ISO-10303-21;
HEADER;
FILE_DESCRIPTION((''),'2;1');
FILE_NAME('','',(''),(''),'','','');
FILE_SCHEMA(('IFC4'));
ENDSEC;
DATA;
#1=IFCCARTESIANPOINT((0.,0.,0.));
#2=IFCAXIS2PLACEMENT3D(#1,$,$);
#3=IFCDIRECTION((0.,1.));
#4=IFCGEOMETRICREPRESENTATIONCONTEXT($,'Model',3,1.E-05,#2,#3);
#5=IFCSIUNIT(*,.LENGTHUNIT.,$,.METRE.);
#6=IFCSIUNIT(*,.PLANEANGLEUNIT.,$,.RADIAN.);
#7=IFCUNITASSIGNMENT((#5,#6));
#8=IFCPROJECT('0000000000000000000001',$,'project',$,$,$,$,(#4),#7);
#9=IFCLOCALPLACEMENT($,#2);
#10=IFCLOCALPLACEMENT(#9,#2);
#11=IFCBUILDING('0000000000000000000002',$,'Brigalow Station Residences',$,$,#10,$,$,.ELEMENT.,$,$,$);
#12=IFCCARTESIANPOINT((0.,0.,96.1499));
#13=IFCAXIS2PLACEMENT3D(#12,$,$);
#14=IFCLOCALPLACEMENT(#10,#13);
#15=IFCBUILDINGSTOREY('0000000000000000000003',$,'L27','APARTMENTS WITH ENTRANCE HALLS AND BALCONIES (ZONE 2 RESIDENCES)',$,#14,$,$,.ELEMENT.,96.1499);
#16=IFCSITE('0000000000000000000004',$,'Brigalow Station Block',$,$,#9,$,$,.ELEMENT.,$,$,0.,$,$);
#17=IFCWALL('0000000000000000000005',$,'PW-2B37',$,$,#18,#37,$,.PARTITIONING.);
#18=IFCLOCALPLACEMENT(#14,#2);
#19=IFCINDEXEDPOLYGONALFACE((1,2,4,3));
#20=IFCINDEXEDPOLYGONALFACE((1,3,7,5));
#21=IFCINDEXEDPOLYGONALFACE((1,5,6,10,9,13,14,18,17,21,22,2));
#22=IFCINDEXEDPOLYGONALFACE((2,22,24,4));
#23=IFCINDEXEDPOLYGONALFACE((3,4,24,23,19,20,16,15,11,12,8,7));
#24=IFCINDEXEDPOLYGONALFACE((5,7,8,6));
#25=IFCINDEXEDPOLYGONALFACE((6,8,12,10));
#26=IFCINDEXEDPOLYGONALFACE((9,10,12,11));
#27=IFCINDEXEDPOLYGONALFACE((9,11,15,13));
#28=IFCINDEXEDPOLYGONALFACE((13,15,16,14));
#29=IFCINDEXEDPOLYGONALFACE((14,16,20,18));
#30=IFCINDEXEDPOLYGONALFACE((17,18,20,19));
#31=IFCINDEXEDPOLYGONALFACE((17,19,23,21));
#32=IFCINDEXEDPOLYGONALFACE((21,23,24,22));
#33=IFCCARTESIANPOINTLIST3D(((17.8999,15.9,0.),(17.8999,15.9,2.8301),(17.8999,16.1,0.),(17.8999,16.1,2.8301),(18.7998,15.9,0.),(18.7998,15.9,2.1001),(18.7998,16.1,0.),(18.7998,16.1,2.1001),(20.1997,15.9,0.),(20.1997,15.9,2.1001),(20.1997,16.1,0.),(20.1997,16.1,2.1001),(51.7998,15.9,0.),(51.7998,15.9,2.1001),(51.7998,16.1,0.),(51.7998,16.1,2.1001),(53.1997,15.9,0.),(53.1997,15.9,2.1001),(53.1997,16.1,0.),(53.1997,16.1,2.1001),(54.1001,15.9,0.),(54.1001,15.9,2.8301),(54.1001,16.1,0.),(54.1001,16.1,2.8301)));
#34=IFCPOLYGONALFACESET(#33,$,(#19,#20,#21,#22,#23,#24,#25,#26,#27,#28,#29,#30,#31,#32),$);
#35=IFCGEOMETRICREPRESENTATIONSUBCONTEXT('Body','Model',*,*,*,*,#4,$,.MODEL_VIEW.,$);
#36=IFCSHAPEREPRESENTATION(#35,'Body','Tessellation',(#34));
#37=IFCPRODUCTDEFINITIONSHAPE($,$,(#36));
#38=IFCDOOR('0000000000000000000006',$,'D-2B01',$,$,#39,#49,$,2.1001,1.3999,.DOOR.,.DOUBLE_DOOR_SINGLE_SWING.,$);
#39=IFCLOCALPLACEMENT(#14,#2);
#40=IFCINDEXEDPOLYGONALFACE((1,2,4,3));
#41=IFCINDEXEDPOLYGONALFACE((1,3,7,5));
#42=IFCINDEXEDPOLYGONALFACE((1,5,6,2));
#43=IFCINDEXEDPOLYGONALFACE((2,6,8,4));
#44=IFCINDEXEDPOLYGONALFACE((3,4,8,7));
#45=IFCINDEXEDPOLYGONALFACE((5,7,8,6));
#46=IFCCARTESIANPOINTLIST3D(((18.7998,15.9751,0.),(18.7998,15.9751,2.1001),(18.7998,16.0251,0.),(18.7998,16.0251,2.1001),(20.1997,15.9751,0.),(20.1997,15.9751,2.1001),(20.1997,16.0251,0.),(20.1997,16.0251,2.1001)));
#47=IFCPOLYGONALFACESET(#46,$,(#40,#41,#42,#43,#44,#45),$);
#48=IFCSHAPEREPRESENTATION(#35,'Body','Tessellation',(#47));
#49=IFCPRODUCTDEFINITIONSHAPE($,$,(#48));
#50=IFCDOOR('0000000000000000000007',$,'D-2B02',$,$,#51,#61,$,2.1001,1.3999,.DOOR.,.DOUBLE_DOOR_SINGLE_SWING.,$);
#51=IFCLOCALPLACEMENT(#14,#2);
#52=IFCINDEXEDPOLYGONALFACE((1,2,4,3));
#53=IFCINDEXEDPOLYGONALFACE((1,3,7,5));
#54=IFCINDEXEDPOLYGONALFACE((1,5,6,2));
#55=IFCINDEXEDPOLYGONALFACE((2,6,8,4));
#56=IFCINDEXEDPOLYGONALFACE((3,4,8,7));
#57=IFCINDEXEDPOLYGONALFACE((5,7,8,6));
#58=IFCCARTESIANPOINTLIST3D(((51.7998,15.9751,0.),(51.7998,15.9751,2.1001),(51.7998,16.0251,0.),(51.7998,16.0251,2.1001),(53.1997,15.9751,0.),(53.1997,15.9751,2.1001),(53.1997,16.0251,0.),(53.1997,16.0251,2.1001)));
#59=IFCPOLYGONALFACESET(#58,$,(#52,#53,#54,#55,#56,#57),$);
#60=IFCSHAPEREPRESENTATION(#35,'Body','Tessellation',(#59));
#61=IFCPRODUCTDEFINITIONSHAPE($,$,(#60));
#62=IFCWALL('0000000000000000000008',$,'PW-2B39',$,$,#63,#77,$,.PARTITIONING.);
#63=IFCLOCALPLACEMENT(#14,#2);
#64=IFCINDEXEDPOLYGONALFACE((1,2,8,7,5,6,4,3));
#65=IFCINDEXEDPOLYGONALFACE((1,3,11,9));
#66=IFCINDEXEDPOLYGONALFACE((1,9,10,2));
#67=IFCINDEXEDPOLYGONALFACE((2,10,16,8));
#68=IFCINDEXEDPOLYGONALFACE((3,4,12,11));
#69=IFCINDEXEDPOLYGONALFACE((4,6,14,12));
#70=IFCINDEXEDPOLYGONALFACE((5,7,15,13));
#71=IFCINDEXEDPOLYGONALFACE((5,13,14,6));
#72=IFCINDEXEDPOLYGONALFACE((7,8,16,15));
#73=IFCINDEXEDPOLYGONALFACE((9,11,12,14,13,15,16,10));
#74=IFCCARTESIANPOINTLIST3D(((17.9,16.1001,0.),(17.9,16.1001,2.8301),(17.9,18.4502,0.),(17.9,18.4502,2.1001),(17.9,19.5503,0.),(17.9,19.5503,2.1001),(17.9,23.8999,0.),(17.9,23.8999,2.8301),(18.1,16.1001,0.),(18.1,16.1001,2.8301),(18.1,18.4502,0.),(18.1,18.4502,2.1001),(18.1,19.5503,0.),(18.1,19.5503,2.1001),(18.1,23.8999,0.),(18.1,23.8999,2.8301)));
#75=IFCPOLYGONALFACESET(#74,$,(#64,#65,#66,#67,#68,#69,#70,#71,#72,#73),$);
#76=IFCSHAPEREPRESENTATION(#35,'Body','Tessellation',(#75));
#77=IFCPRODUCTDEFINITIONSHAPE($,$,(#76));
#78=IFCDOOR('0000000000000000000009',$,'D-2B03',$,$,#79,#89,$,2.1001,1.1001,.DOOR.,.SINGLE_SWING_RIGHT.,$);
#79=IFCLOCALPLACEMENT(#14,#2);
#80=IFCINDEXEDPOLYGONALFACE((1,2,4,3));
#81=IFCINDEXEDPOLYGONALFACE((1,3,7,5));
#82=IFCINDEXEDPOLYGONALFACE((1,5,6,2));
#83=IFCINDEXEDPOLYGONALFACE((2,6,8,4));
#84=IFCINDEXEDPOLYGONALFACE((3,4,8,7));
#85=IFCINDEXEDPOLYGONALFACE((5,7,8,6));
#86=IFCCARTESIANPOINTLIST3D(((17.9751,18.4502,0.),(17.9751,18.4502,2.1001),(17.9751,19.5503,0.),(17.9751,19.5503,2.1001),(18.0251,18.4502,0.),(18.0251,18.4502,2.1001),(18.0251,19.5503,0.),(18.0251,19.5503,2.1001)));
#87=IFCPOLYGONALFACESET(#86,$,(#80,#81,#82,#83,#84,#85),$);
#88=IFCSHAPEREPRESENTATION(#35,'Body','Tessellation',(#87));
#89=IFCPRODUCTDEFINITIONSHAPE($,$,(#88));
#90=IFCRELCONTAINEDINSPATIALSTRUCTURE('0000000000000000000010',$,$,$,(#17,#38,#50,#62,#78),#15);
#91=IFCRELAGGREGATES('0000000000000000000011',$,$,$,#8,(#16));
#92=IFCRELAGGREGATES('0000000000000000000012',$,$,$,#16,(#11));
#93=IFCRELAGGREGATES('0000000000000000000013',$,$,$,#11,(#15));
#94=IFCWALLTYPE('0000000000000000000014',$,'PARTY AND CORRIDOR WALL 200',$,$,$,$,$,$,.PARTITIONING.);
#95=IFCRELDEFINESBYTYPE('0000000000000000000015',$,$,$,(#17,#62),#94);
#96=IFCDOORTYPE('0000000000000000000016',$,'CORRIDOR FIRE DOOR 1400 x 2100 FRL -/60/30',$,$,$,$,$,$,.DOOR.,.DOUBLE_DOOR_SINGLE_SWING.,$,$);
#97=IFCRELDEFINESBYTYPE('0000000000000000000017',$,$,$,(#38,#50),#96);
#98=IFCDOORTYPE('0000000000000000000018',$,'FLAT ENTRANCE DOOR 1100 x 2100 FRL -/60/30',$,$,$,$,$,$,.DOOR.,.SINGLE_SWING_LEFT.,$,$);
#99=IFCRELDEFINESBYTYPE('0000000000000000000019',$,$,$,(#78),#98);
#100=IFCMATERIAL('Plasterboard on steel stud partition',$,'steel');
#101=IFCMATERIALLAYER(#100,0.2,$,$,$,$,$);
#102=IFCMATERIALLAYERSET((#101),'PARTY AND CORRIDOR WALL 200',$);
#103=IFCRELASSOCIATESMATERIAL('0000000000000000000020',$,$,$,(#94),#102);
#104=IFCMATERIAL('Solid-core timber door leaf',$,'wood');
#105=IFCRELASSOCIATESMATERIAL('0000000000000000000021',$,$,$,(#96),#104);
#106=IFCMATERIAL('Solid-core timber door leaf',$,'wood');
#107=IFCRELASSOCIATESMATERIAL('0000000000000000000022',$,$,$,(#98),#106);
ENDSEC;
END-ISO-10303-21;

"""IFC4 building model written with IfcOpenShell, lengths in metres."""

from ifc_helpers import new_model, si_unit, direction, frame, frame_2d, origin, place, context, subcontext, project, spatial, rectangle, extrude, material, layer, layer_set, type_object, element, fill, save


model = new_model("IFC4")

# Units and contexts
model_context = context("Model", 3, precision=1e-05, world=origin(), true_north=direction((0.0, 1.0)))
body_context = subcontext(model_context, "Body", "Model", "MODEL_VIEW")
ifc_project = project(units=[si_unit("LENGTHUNIT", "METRE"), si_unit("PLANEANGLEUNIT", "RADIAN")], contexts=[model_context])

# Site, building, storey
site_placement = place(None, origin())
site = spatial("IfcSite", under=ifc_project, at=site_placement, Name="Brigalow Station Block", CompositionType="ELEMENT", RefElevation=0.0)
building_placement = place(site_placement, origin())
building = spatial("IfcBuilding", under=site, at=building_placement, Name="Brigalow Station Residences", CompositionType="ELEMENT")
storey_placement = place(building_placement, frame((0.0, 0.0, 96.1499)))
storey = spatial("IfcBuildingStorey", under=building, at=storey_placement, Name="L27", Description="APARTMENTS WITH ENTRANCE HALLS AND BALCONIES (ZONE 2 RESIDENCES)", CompositionType="ELEMENT", Elevation=96.1499)

# Wall, openings, doors
ifc_material_1 = material(Name="Plasterboard on steel stud partition", Category="steel")
ifc_layer_1 = layer(ifc_material_1, 0.2)
ifc_layer_set_1 = layer_set([ifc_layer_1], Name="PARTY AND CORRIDOR WALL 200")
wall_type_1 = type_object("IfcWallType", Name="PARTY AND CORRIDOR WALL 200", PredefinedType="PARTITIONING", material=ifc_layer_set_1)
wall_1_placement = place(storey_placement, frame((17.8999, 16.0, 0.0), z_axis=(0.0, 0.0, 1.0), x_axis=(1.0, 0.0, 0.0)))
wall_1 = element("IfcWall", 1, at=wall_1_placement, inside=storey, type_object=wall_type_1, Name="PW-2B37", PredefinedType="PARTITIONING", context=body_context, shape_type="SweptSolid", body=[
    extrude(rectangle(XDim=36.2002, YDim=0.2, at=frame_2d((18.1001, 0.0))), origin(), (0.0, 0.0, 1.0), 2.8301),
])
opening_1_placement = place(wall_1_placement, frame((0.8999, 0.0, 0.0)))
opening_1 = element("IfcOpeningElement", 2, at=opening_1_placement, cuts=wall_1, PredefinedType="OPENING", context=body_context, shape_type="SweptSolid", body=[
    extrude(rectangle(XDim=1.3999, YDim=2.1001, at=frame_2d((0.7, 1.05))), frame((0.0, 0.1099, 0.0), z_axis=(0.0, -1.0, 0.0), x_axis=(1.0, 0.0, 0.0)), (0.0, 0.0, 1.0), 0.22),
])
opening_2_placement = place(wall_1_placement, frame((33.8999, 0.0, 0.0)))
opening_2 = element("IfcOpeningElement", 3, at=opening_2_placement, cuts=wall_1, PredefinedType="OPENING", context=body_context, shape_type="SweptSolid", body=[
    extrude(rectangle(XDim=1.3999, YDim=2.1001, at=frame_2d((0.7, 1.05))), frame((0.0, 0.1099, 0.0), z_axis=(0.0, -1.0, 0.0), x_axis=(1.0, 0.0, 0.0)), (0.0, 0.0, 1.0), 0.22),
])
ifc_material_2 = material(Name="Solid-core timber door leaf", Category="wood")
door_type_1 = type_object("IfcDoorType", Name="CORRIDOR FIRE DOOR 1400 x 2100 FRL -/60/30", OperationType="DOUBLE_DOOR_SINGLE_SWING", PredefinedType="DOOR", material=ifc_material_2)
door_1_placement = place(opening_1_placement, frame((1.3999, 0.0, 0.0), z_axis=(0.0, 0.0, 1.0), x_axis=(-1.0, 0.0, 0.0)))
door_1 = element("IfcDoor", 4, at=door_1_placement, inside=storey, type_object=door_type_1, Name="D-2B01", OperationType="DOUBLE_DOOR_SINGLE_SWING", OverallHeight=2.1001, OverallWidth=1.3999, PredefinedType="DOOR", context=body_context, shape_type="SweptSolid", body=[
    extrude(rectangle(XDim=1.3999, YDim=2.1001, at=frame_2d((0.7, 1.05))), frame((0.0, 0.0249, 0.0), z_axis=(0.0, -1.0, 0.0), x_axis=(1.0, 0.0, 0.0)), (0.0, 0.0, 1.0), 0.05),
])
fill(opening_1, door_1)
door_2_placement = place(opening_2_placement, frame((1.3999, 0.0, 0.0), z_axis=(0.0, 0.0, 1.0), x_axis=(-1.0, 0.0, 0.0)))
door_2 = element("IfcDoor", 5, at=door_2_placement, inside=storey, type_object=door_type_1, Name="D-2B02", OperationType="DOUBLE_DOOR_SINGLE_SWING", OverallHeight=2.1001, OverallWidth=1.3999, PredefinedType="DOOR", context=body_context, shape_type="SweptSolid", body=[
    extrude(rectangle(XDim=1.3999, YDim=2.1001, at=frame_2d((0.7, 1.05))), frame((0.0, 0.0249, 0.0), z_axis=(0.0, -1.0, 0.0), x_axis=(1.0, 0.0, 0.0)), (0.0, 0.0, 1.0), 0.05),
])
fill(opening_2, door_2)

# Wall, opening, door
wall_2_placement = place(storey_placement, frame((18.0, 16.1001, 0.0), z_axis=(0.0, 0.0, 1.0), x_axis=(0.0, 1.0, 0.0)))
wall_2 = element("IfcWall", 6, at=wall_2_placement, inside=storey, type_object=wall_type_1, Name="PW-2B39", PredefinedType="PARTITIONING", context=body_context, shape_type="SweptSolid", body=[
    extrude(rectangle(XDim=7.7998, YDim=0.2, at=frame_2d((3.8999, 0.0))), origin(), (0.0, 0.0, 1.0), 2.8301),
])
opening_3_placement = place(wall_2_placement, frame((2.3501, 0.0, 0.0)))
opening_3 = element("IfcOpeningElement", 7, at=opening_3_placement, cuts=wall_2, PredefinedType="OPENING", context=body_context, shape_type="SweptSolid", body=[
    extrude(rectangle(XDim=1.1001, YDim=2.1001, at=frame_2d((0.55, 1.05))), frame((0.0, 0.1099, 0.0), z_axis=(0.0, -1.0, 0.0), x_axis=(1.0, 0.0, 0.0)), (0.0, 0.0, 1.0), 0.22),
])
ifc_material_3 = material(Name="Solid-core timber door leaf", Category="wood")
door_type_2 = type_object("IfcDoorType", Name="FLAT ENTRANCE DOOR 1100 x 2100 FRL -/60/30", OperationType="SINGLE_SWING_LEFT", PredefinedType="DOOR", material=ifc_material_3)
door_3_placement = place(opening_3_placement, origin())
door_3 = element("IfcDoor", 8, at=door_3_placement, inside=storey, type_object=door_type_2, Name="D-2B03", OperationType="SINGLE_SWING_RIGHT", OverallHeight=2.1001, OverallWidth=1.1001, PredefinedType="DOOR", context=body_context, shape_type="SweptSolid", body=[
    extrude(rectangle(XDim=1.1001, YDim=2.1001, at=frame_2d((0.55, 1.05))), frame((0.0, 0.0249, 0.0), z_axis=(0.0, -1.0, 0.0), x_axis=(1.0, 0.0, 0.0)), (0.0, 0.0, 1.0), 0.05),
])
fill(opening_3, door_3)

save(model, "model.ifc")
